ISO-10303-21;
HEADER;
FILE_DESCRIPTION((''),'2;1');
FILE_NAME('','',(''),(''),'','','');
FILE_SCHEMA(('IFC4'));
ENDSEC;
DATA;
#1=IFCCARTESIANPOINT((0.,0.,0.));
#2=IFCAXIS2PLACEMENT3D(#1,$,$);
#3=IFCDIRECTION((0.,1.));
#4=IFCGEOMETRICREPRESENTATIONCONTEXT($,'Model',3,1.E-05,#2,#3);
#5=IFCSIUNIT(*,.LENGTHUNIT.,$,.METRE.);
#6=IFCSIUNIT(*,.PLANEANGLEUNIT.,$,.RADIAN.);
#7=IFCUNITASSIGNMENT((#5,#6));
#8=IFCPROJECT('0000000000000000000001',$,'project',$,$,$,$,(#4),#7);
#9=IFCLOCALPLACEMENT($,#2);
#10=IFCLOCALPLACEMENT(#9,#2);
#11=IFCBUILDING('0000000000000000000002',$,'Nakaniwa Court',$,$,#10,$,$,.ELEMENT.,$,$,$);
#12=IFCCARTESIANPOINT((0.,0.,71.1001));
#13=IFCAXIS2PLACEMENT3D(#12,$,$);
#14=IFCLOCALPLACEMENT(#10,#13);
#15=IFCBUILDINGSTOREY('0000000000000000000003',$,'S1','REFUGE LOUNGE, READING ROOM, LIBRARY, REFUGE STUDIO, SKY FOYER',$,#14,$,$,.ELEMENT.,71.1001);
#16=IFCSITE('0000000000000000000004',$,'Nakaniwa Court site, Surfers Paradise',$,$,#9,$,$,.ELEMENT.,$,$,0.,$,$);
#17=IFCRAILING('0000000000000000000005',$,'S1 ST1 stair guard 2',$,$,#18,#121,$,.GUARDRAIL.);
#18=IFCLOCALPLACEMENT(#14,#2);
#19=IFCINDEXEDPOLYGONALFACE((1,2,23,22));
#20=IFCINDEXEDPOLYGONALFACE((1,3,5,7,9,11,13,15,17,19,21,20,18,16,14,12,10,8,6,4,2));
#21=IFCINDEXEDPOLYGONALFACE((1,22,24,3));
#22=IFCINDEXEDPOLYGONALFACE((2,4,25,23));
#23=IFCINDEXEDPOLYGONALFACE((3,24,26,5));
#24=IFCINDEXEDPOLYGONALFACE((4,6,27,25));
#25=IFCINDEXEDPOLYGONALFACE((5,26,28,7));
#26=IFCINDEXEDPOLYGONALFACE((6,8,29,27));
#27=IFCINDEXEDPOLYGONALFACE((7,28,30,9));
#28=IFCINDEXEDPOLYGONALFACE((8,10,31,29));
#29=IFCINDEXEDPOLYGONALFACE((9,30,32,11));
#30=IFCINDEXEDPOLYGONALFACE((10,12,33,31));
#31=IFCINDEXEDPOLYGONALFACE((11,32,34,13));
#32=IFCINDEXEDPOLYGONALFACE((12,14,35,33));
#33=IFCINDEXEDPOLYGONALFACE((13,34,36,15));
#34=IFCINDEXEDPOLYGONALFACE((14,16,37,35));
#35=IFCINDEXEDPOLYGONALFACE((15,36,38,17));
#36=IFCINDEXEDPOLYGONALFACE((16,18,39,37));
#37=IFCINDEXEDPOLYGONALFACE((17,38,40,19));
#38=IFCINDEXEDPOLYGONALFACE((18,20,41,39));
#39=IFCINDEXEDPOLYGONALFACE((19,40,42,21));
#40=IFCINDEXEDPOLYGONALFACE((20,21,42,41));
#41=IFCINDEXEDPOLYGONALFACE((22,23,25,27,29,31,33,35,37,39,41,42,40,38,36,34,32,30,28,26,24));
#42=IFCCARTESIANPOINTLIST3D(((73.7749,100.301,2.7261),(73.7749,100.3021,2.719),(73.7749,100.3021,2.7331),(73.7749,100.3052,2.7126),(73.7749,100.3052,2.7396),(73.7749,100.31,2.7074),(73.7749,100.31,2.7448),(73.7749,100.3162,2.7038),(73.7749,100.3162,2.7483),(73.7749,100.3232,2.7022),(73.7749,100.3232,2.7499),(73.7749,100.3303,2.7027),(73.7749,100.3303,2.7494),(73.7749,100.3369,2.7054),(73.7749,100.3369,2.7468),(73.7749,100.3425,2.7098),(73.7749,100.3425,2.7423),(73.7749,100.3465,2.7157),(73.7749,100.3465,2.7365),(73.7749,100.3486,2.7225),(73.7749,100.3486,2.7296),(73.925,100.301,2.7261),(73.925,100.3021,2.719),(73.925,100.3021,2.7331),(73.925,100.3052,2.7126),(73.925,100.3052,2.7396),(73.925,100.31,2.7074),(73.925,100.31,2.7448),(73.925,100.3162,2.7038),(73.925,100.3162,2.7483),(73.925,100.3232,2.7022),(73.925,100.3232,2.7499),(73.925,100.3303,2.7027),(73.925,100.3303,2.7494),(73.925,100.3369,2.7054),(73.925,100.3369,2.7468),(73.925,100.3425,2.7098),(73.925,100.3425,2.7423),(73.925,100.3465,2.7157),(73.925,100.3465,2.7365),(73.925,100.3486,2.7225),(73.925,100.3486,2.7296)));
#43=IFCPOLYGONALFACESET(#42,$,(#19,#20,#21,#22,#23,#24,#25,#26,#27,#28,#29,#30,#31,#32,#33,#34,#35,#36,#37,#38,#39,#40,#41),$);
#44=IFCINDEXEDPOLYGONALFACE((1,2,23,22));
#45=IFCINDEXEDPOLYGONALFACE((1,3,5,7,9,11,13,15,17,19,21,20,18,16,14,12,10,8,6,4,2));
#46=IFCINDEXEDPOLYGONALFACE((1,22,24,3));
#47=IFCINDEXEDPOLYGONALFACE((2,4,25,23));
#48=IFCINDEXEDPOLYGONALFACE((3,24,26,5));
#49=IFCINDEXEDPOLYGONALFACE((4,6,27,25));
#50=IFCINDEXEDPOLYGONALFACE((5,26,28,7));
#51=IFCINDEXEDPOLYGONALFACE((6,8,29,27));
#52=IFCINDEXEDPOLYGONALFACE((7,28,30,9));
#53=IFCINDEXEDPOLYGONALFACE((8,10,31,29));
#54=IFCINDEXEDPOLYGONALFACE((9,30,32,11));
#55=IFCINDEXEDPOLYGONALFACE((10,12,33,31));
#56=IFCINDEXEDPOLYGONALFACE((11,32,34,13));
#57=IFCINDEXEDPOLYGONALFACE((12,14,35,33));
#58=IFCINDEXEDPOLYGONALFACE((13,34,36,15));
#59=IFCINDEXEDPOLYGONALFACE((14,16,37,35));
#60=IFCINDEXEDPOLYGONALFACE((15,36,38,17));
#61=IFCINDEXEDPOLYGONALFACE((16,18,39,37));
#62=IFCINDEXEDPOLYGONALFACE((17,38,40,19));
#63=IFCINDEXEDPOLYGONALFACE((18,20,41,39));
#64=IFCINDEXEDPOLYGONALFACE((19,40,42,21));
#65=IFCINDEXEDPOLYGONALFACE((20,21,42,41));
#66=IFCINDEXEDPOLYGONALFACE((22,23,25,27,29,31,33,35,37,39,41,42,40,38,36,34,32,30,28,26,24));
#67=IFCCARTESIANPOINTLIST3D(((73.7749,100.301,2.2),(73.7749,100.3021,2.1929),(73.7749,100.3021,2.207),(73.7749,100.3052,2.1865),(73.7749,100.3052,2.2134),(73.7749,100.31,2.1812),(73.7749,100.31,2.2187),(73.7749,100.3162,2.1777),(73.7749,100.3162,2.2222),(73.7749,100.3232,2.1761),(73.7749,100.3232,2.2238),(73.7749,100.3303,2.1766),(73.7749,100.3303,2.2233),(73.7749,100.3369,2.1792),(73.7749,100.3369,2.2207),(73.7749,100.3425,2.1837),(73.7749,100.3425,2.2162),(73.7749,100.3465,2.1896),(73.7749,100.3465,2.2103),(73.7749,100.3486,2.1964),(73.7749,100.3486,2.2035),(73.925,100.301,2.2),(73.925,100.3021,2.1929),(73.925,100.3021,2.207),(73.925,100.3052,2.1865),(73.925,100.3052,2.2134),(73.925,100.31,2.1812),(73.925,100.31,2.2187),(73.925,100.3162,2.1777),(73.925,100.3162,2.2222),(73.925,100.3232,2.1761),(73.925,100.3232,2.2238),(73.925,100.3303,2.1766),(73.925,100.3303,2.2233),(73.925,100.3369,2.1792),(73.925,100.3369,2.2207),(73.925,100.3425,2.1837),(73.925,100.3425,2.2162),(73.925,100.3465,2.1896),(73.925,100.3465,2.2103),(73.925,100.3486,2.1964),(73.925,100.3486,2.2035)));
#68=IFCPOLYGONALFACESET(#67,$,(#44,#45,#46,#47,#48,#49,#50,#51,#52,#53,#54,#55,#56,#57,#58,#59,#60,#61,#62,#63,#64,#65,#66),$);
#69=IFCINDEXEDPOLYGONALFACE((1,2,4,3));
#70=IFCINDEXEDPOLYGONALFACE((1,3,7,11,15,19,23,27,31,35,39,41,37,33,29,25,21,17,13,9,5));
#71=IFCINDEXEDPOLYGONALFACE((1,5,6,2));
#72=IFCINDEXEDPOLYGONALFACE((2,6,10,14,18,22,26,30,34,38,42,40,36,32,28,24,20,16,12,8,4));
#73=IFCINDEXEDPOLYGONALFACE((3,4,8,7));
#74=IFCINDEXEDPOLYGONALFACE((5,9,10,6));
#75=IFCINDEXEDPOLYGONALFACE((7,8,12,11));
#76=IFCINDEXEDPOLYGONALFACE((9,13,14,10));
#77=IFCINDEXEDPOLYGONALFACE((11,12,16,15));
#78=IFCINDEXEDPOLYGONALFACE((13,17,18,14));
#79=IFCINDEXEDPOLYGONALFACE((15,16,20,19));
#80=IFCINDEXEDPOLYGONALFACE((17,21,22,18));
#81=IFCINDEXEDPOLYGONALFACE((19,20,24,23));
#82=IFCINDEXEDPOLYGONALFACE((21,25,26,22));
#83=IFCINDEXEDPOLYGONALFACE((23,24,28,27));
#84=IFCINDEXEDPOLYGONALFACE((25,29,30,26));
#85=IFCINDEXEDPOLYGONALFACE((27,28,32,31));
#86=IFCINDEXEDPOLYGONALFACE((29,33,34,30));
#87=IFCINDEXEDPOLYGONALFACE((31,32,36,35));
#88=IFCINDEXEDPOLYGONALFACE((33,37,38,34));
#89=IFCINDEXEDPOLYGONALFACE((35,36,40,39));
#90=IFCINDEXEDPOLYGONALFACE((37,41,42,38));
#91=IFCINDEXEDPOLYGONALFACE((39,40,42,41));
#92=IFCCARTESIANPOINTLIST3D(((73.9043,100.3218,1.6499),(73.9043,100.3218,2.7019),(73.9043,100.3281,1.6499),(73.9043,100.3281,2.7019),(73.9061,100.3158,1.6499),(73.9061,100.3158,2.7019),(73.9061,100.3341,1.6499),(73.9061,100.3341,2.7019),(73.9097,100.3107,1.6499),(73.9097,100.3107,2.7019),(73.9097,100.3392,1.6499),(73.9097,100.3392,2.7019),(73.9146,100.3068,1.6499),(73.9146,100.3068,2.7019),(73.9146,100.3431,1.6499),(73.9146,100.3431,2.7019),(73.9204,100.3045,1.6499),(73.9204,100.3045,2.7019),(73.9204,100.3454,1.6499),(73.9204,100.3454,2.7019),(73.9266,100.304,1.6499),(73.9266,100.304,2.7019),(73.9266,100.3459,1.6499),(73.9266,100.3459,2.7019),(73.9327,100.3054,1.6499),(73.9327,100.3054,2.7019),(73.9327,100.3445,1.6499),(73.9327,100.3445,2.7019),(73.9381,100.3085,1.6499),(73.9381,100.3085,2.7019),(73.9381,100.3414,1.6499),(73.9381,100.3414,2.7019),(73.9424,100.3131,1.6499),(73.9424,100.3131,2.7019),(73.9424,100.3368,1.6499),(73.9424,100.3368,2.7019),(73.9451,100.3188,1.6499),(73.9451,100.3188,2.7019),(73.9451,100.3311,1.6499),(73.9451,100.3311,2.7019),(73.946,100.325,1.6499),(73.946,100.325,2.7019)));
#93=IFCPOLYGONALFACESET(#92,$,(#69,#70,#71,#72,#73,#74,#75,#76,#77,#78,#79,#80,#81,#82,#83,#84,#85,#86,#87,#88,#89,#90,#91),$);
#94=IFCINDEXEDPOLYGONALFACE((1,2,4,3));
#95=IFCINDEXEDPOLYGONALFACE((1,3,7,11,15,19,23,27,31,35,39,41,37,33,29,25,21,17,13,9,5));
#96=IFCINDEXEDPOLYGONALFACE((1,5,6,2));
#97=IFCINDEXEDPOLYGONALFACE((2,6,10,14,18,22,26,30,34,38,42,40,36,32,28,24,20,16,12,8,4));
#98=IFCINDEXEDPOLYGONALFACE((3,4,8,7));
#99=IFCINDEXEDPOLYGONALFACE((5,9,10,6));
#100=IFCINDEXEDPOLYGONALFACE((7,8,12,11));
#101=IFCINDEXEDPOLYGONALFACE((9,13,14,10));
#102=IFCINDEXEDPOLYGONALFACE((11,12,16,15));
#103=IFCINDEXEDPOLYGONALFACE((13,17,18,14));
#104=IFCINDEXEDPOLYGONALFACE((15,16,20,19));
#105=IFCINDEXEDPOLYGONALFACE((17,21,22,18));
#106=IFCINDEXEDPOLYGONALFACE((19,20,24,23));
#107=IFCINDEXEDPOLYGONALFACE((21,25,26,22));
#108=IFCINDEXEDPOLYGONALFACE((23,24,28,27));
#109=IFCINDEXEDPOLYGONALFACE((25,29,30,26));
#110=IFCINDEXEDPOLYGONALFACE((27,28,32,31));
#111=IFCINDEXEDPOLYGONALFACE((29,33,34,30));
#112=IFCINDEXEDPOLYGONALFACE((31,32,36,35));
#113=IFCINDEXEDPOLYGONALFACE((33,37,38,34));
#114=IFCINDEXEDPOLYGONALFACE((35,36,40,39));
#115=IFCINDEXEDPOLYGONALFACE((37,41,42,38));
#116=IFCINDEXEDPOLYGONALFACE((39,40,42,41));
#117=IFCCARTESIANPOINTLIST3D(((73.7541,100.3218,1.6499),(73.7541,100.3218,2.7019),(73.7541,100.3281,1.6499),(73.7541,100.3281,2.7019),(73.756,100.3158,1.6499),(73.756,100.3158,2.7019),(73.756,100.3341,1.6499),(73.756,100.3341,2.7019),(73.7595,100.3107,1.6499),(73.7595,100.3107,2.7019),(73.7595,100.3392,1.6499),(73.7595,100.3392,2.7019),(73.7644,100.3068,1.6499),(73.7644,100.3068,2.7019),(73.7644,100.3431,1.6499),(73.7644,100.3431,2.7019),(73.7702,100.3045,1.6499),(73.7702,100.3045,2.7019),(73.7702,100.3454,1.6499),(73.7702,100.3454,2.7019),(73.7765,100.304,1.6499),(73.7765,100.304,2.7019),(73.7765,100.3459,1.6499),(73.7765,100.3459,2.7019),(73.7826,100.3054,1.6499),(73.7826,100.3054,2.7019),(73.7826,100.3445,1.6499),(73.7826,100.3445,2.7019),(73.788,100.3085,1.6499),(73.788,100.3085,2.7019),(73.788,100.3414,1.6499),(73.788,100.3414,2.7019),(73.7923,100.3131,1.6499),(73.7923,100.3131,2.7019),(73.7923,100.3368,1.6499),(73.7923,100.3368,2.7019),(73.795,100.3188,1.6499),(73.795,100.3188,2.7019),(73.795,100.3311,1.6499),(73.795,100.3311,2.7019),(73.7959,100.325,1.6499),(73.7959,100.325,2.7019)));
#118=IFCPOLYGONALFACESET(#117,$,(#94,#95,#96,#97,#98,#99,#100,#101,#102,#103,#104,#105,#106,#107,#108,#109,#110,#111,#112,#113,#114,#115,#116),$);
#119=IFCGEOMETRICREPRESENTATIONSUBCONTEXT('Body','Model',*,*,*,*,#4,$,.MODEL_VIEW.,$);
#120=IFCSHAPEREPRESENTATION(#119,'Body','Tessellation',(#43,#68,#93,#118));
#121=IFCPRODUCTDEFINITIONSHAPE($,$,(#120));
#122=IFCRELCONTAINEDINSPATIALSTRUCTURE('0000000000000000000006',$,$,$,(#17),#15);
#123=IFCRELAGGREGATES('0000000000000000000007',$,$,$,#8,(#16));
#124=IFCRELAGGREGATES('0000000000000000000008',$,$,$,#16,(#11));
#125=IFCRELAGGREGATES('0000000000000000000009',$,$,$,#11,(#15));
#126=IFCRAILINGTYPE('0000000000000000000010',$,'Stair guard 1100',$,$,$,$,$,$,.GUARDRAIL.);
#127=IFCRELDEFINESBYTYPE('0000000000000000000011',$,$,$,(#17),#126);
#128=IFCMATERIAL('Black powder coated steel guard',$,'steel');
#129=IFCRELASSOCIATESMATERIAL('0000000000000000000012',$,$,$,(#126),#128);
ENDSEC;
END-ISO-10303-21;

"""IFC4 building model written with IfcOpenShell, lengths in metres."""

from ifc_helpers import new_model, si_unit, direction, frame, origin, origin_2d, place, context, subcontext, project, spatial, circle, extrude, material, type_object, element, save


model = new_model("IFC4")

# Units and contexts
model_context = context("Model", 3, precision=1e-05, world=origin(), true_north=direction((0.0, 1.0)))
body_context = subcontext(model_context, "Body", "Model", "MODEL_VIEW")
ifc_project = project(units=[si_unit("LENGTHUNIT", "METRE"), si_unit("PLANEANGLEUNIT", "RADIAN")], contexts=[model_context])

# Site, building, storey
site_placement = place(None, origin())
site = spatial("IfcSite", under=ifc_project, at=site_placement, Name="Nakaniwa Court site, Surfers Paradise", CompositionType="ELEMENT", RefElevation=0.0)
building_placement = place(site_placement, origin())
building = spatial("IfcBuilding", under=site, at=building_placement, Name="Nakaniwa Court", CompositionType="ELEMENT")
storey_placement = place(building_placement, frame((0.0, 0.0, 71.1001)))
storey = spatial("IfcBuildingStorey", under=building, at=storey_placement, Name="S1", Description="REFUGE LOUNGE, READING ROOM, LIBRARY, REFUGE STUDIO, SKY FOYER", CompositionType="ELEMENT", Elevation=71.1001)

# Railing
ifc_material_1 = material(Name="Black powder coated steel guard", Category="steel")
railing_type_1 = type_object("IfcRailingType", Name="Stair guard 1100", PredefinedType="GUARDRAIL", material=ifc_material_1)
railing_1_placement = place(storey_placement, frame((73.925, 100.325, 1.6499)))
element("IfcRailing", 1, at=railing_1_placement, inside=storey, type_object=railing_type_1, Name="S1 ST1 stair guard 2", PredefinedType="GUARDRAIL", context=body_context, shape_type="SweptSolid", body=[
    extrude(circle(Radius=0.0239, at=origin_2d()), frame((0.0, 0.0, 1.0762), z_axis=(-1.0, 0.0, 0.0), x_axis=(0.0, -1.0, 0.0)), (0.0, 0.0, 1.0), 0.1501),
    extrude(circle(Radius=0.0239, at=origin_2d()), frame((0.0, 0.0, 0.55), z_axis=(-1.0, 0.0, 0.0), x_axis=(0.0, -1.0, 0.0)), (0.0, 0.0, 1.0), 0.1501),
    extrude(circle(Radius=0.021, at=origin_2d()), origin(), (0.0, 0.0, 1.0), 1.052),
    extrude(circle(Radius=0.021, at=origin_2d()), frame((-0.1501, 0.0, 0.0)), (0.0, 0.0, 1.0), 1.052),
])

save(model, "model.ifc")
